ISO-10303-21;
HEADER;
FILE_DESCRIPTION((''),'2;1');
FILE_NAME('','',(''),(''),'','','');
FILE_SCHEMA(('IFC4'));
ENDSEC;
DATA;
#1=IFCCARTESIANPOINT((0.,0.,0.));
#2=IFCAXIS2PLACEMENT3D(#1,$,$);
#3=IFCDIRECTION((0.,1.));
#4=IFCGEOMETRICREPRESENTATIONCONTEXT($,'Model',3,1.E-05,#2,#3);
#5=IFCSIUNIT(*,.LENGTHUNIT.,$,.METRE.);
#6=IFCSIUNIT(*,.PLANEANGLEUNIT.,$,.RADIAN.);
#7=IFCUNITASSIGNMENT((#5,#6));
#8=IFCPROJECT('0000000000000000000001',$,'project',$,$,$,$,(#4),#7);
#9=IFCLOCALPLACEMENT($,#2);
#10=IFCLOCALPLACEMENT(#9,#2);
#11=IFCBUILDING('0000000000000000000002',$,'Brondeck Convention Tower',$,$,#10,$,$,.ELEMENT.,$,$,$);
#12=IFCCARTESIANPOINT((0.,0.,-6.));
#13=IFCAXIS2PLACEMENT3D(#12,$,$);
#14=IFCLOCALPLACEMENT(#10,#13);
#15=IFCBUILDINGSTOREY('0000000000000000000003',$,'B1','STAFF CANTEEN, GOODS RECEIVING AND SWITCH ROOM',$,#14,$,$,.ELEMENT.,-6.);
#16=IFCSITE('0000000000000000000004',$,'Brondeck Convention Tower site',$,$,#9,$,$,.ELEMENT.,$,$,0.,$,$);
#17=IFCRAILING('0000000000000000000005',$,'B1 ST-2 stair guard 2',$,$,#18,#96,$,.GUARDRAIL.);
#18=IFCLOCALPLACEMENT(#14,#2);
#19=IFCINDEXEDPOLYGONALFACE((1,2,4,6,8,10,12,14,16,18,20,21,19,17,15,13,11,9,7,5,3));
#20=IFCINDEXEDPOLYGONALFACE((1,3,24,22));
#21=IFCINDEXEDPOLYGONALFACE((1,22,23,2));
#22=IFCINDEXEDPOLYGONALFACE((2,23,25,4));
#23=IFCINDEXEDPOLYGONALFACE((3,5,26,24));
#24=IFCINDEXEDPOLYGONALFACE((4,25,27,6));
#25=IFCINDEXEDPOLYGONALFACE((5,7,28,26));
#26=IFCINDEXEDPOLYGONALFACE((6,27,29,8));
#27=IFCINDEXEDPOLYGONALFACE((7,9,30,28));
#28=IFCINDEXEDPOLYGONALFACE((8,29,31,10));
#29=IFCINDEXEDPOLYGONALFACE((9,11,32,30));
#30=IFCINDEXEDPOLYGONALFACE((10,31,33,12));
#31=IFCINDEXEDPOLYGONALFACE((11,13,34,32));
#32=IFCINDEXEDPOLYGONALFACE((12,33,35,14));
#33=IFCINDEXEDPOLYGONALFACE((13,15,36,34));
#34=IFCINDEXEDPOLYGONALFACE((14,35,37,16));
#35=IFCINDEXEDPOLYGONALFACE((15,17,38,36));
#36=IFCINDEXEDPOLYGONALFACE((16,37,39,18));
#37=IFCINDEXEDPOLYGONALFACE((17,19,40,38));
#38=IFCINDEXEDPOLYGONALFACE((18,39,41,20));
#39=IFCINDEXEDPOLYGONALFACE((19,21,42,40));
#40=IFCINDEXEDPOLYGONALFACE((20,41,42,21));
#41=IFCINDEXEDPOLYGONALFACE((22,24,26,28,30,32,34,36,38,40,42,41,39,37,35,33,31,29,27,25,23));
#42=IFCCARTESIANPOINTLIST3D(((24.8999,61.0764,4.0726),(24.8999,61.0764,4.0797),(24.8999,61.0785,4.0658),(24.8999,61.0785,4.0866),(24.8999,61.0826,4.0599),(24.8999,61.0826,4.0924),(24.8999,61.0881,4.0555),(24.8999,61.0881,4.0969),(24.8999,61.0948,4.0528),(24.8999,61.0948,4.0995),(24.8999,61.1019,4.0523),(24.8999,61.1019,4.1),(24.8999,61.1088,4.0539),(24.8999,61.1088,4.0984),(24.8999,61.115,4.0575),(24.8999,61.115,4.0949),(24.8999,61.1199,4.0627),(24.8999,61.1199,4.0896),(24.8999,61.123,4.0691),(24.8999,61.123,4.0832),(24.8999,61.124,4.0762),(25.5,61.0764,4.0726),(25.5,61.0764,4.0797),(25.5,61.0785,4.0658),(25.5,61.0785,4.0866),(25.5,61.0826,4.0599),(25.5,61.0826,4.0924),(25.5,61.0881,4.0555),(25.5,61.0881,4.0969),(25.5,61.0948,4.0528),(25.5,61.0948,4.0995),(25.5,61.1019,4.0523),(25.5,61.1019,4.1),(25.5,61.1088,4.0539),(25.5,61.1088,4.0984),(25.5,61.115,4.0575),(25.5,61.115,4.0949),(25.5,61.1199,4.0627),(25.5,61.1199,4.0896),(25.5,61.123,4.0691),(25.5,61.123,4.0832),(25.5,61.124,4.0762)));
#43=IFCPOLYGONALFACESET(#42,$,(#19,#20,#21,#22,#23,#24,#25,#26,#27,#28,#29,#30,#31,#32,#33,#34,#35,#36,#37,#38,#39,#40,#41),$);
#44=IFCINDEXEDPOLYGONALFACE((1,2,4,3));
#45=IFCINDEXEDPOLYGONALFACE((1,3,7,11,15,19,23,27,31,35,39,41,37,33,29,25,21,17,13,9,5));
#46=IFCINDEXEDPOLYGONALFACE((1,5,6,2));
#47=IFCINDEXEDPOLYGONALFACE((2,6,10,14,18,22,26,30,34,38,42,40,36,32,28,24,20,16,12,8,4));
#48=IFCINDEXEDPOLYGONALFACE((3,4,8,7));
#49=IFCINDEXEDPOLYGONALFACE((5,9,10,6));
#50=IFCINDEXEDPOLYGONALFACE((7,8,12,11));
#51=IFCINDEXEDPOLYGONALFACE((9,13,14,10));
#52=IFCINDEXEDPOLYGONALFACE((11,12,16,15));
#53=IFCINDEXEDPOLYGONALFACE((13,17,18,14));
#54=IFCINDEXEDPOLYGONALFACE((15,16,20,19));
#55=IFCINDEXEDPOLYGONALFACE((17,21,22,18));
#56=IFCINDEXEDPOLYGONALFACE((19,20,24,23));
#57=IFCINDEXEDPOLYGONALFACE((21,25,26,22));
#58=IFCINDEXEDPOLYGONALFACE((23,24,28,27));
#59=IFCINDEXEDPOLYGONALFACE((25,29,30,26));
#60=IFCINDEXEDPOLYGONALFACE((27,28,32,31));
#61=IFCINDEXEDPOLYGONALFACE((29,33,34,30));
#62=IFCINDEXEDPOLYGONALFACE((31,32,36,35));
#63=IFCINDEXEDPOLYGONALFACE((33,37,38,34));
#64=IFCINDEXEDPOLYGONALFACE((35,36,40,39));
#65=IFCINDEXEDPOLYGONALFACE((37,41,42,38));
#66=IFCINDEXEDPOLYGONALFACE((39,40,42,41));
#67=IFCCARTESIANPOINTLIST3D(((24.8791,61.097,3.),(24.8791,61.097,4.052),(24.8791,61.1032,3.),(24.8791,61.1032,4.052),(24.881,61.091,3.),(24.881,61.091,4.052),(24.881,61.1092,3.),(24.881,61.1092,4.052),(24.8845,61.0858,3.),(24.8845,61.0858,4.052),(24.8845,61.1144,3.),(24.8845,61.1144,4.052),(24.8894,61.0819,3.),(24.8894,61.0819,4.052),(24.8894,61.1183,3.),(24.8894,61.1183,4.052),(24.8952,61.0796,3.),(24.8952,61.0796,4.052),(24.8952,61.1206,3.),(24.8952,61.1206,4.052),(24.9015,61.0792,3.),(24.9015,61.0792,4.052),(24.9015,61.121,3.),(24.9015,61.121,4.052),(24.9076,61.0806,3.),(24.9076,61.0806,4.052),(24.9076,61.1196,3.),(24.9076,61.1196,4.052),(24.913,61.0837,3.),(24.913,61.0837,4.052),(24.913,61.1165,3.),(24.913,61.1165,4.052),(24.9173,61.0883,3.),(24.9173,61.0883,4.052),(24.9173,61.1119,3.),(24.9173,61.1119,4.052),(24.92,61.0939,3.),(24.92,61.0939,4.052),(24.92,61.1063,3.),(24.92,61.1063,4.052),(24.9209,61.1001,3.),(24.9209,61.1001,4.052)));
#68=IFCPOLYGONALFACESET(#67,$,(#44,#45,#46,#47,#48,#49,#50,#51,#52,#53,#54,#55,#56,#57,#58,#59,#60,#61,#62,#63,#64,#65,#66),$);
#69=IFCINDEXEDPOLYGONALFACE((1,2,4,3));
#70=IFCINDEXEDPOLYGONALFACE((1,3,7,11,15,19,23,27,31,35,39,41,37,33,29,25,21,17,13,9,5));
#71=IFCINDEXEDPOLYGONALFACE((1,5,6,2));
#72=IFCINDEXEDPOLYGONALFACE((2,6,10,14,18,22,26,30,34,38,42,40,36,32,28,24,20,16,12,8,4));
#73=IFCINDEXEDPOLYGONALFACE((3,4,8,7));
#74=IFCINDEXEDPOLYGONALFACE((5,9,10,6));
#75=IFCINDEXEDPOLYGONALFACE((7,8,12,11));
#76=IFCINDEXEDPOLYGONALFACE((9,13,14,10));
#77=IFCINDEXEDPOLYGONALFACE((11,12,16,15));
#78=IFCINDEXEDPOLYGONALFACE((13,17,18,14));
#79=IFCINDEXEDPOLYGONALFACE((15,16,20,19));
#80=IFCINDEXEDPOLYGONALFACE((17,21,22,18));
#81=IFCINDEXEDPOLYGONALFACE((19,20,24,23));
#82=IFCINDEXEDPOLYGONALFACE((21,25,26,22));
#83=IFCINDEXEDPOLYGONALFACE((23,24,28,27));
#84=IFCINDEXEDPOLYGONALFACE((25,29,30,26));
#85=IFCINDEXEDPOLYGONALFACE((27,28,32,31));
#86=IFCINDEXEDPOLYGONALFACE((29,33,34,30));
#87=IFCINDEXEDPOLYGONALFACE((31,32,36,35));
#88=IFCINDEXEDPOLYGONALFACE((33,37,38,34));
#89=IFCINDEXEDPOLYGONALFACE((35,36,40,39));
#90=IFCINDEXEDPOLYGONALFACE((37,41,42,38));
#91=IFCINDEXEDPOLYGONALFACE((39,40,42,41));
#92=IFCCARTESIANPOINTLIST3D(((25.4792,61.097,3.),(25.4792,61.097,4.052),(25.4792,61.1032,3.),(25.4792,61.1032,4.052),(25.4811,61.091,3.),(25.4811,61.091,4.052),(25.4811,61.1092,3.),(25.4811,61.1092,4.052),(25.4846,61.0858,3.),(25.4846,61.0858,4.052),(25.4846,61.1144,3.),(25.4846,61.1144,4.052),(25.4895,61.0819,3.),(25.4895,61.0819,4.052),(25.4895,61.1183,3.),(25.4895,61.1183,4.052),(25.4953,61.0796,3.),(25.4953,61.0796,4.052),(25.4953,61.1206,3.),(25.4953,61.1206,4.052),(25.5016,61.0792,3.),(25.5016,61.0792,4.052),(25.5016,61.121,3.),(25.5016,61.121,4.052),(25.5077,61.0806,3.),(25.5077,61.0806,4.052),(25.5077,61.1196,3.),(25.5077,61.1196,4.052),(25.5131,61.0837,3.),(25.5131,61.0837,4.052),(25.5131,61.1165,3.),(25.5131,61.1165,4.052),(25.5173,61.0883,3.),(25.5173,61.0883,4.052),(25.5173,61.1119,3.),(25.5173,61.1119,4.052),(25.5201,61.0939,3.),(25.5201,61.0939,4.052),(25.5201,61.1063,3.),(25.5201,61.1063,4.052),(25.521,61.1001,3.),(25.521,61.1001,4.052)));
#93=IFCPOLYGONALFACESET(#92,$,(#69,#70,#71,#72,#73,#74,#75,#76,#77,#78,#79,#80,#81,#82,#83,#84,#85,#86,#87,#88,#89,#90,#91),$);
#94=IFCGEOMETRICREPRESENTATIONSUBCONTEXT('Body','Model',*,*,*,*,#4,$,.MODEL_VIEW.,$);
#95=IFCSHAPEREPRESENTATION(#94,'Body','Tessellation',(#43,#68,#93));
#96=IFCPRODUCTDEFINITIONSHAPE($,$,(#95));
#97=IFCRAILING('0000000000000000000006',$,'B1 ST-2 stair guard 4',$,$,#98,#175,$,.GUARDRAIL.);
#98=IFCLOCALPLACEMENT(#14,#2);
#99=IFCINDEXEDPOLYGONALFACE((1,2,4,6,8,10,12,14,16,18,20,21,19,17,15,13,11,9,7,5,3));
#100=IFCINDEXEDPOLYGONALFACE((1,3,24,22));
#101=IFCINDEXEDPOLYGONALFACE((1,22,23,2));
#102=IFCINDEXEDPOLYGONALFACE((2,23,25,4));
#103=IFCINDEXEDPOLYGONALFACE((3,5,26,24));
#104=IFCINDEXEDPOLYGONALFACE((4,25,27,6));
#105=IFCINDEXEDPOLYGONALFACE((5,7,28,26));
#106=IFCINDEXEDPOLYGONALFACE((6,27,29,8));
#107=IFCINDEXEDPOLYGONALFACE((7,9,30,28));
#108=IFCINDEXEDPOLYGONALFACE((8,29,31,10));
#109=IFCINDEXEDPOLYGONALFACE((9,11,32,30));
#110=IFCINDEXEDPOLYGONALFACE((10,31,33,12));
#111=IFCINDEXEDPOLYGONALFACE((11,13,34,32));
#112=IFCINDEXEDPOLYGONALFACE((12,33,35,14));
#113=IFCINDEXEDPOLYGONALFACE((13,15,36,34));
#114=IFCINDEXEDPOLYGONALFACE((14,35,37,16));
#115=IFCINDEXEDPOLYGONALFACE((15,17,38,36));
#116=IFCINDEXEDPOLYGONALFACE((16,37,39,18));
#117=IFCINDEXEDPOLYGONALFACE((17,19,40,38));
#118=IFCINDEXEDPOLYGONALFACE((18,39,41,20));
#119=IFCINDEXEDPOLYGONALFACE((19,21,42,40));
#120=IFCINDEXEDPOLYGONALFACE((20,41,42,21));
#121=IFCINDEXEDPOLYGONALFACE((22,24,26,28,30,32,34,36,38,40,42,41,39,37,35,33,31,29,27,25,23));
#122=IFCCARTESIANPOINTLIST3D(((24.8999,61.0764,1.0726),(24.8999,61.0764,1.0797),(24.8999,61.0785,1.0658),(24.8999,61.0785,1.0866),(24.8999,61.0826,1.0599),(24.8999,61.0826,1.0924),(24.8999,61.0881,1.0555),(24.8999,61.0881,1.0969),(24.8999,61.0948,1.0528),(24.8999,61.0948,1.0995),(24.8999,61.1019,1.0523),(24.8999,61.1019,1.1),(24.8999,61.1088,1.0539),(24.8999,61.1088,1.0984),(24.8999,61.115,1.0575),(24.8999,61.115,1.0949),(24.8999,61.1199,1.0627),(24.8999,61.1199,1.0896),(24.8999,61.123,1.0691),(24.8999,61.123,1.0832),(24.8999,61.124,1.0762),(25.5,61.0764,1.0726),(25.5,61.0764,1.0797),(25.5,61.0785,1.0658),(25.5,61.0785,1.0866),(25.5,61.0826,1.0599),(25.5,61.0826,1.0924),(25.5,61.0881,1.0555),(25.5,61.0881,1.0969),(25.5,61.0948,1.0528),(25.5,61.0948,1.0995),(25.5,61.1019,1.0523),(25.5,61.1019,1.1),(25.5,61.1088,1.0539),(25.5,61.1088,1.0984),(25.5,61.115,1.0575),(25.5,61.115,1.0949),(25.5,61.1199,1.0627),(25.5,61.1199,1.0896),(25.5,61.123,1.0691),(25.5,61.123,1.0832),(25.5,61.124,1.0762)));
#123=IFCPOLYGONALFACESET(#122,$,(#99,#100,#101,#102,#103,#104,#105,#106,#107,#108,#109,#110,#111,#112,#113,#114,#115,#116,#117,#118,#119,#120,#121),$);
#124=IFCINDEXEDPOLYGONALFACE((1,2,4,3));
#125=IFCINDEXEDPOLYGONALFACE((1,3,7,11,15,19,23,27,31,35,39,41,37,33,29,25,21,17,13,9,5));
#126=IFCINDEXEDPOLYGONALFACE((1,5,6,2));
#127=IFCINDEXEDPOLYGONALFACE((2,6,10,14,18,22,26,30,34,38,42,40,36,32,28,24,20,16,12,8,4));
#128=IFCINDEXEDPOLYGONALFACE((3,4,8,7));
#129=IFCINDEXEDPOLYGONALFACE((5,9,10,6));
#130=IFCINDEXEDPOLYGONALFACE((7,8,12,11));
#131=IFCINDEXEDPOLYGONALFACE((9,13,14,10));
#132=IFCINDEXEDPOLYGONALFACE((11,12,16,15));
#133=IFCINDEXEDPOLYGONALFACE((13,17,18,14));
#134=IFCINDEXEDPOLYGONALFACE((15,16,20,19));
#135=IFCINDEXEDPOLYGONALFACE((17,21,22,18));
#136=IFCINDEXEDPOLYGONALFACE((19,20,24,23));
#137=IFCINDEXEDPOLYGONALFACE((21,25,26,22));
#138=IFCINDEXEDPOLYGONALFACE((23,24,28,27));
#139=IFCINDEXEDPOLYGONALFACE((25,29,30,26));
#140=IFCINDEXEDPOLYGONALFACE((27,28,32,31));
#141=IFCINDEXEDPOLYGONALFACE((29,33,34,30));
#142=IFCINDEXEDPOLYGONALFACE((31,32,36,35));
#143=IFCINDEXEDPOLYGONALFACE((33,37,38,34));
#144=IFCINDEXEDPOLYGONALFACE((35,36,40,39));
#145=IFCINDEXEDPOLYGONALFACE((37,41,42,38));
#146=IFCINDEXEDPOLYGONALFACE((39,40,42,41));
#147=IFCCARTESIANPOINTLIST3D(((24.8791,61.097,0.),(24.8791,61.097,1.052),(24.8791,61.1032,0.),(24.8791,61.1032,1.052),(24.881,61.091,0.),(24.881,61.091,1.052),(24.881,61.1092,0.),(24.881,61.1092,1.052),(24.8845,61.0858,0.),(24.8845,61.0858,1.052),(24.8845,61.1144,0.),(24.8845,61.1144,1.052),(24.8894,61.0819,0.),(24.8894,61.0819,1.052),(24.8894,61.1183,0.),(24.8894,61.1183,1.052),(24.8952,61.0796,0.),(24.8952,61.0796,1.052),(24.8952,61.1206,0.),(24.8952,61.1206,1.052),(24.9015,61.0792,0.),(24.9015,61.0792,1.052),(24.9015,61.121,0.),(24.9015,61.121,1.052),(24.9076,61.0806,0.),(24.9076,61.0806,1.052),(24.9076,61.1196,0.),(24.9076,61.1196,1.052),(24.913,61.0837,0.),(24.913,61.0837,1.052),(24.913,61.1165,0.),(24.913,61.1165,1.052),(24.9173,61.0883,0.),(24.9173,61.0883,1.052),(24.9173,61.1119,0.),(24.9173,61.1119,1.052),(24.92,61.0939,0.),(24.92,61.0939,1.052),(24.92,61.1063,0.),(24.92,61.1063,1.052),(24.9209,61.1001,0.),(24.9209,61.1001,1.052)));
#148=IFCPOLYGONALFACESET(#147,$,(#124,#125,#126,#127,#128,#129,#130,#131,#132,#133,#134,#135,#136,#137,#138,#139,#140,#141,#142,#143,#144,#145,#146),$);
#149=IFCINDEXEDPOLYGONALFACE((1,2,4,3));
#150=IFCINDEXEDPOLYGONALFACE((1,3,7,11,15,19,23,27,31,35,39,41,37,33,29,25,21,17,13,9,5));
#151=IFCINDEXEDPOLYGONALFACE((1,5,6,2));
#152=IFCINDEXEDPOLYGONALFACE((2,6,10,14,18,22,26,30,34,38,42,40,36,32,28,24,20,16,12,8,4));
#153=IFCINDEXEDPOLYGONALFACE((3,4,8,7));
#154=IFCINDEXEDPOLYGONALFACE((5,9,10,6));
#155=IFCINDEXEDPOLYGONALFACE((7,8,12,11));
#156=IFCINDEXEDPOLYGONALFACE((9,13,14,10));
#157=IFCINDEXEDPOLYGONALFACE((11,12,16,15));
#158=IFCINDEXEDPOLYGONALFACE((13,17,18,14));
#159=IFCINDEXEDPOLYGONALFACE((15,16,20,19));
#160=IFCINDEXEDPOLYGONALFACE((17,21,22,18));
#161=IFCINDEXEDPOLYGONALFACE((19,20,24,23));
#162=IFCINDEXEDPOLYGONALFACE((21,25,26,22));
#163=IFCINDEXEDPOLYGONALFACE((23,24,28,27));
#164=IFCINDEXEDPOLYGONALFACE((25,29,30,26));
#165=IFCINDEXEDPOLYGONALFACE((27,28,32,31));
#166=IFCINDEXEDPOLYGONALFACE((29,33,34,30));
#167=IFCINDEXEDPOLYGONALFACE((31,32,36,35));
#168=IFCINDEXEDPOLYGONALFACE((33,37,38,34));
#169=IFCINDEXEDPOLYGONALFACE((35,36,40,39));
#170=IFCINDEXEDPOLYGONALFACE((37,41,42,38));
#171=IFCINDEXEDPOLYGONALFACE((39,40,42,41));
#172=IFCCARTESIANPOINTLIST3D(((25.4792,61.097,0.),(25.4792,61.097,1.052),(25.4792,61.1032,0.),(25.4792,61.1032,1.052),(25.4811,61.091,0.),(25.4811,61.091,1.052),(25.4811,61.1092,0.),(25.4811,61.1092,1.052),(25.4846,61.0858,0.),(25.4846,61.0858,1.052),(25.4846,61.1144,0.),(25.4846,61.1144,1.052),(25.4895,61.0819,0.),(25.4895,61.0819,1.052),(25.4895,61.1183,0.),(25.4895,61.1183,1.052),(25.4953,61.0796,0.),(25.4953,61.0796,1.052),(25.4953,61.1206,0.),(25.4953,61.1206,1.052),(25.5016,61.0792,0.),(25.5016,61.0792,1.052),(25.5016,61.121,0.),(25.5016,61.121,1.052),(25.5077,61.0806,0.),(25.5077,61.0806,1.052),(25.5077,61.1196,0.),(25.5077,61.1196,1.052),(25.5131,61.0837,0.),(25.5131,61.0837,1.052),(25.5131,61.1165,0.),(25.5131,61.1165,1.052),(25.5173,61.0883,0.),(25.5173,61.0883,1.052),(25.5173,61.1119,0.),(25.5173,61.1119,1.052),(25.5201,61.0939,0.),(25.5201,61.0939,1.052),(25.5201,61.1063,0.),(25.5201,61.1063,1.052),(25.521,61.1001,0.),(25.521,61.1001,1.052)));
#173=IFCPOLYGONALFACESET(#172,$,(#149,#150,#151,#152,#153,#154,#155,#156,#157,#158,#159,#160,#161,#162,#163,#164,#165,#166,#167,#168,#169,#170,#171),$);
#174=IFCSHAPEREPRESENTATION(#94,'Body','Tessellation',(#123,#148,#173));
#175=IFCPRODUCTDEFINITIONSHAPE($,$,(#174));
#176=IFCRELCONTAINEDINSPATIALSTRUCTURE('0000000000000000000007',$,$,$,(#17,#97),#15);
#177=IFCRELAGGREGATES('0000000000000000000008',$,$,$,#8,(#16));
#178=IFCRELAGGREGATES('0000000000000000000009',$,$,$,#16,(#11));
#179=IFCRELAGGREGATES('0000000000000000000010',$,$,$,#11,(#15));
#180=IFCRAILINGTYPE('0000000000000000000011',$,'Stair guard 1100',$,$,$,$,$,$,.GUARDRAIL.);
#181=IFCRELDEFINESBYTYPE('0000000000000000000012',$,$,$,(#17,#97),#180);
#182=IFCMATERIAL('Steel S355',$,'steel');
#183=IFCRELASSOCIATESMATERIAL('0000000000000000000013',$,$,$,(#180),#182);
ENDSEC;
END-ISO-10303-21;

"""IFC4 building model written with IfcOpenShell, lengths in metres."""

from ifc_helpers import new_model, si_unit, direction, frame, origin, origin_2d, place, context, subcontext, project, spatial, circle, extrude, material, type_object, element, save


model = new_model("IFC4")

# Units and contexts
model_context = context("Model", 3, precision=1e-05, world=origin(), true_north=direction((0.0, 1.0)))
body_context = subcontext(model_context, "Body", "Model", "MODEL_VIEW")
ifc_project = project(units=[si_unit("LENGTHUNIT", "METRE"), si_unit("PLANEANGLEUNIT", "RADIAN")], contexts=[model_context])

# Site, building, storey
site_placement = place(None, origin())
site = spatial("IfcSite", under=ifc_project, at=site_placement, Name="Brondeck Convention Tower site", CompositionType="ELEMENT", RefElevation=0.0)
building_placement = place(site_placement, origin())
building = spatial("IfcBuilding", under=site, at=building_placement, Name="Brondeck Convention Tower", CompositionType="ELEMENT")
storey_placement = place(building_placement, frame((0.0, 0.0, -6.0)))
storey = spatial("IfcBuildingStorey", under=building, at=storey_placement, Name="B1", Description="STAFF CANTEEN, GOODS RECEIVING AND SWITCH ROOM", CompositionType="ELEMENT", Elevation=-6.0)

# Shared definitions
ifc_material_1 = material(Name="Steel S355", Category="steel")

# Railings
railing_type_1 = type_object("IfcRailingType", Name="Stair guard 1100", PredefinedType="GUARDRAIL", material=ifc_material_1)
railing_1_placement = place(storey_placement, frame((24.8999, 61.1001, 3.0)))
element("IfcRailing", 1, at=railing_1_placement, inside=storey, type_object=railing_type_1, Name="B1 ST-2 stair guard 2", PredefinedType="GUARDRAIL", context=body_context, shape_type="SweptSolid", body=[
    extrude(circle(Radius=0.0239, at=origin_2d()), frame((0.0, 0.0, 1.0762), z_axis=(1.0, 0.0, 0.0), x_axis=(0.0, 1.0, 0.0)), (0.0, 0.0, 1.0), 0.6001),
    extrude(circle(Radius=0.021, at=origin_2d()), origin(), (0.0, 0.0, 1.0), 1.052),
    extrude(circle(Radius=0.021, at=origin_2d()), frame((0.6001, 0.0, 0.0)), (0.0, 0.0, 1.0), 1.052),
])
railing_2_placement = place(storey_placement, frame((24.8999, 61.1001, 0.0)))
element("IfcRailing", 2, at=railing_2_placement, inside=storey, type_object=railing_type_1, Name="B1 ST-2 stair guard 4", PredefinedType="GUARDRAIL", context=body_context, shape_type="SweptSolid", body=[
    extrude(circle(Radius=0.0239, at=origin_2d()), frame((0.0, 0.0, 1.0762), z_axis=(1.0, 0.0, 0.0), x_axis=(0.0, 1.0, 0.0)), (0.0, 0.0, 1.0), 0.6001),
    extrude(circle(Radius=0.021, at=origin_2d()), origin(), (0.0, 0.0, 1.0), 1.052),
    extrude(circle(Radius=0.021, at=origin_2d()), frame((0.6001, 0.0, 0.0)), (0.0, 0.0, 1.0), 1.052),
])

save(model, "model.ifc")
